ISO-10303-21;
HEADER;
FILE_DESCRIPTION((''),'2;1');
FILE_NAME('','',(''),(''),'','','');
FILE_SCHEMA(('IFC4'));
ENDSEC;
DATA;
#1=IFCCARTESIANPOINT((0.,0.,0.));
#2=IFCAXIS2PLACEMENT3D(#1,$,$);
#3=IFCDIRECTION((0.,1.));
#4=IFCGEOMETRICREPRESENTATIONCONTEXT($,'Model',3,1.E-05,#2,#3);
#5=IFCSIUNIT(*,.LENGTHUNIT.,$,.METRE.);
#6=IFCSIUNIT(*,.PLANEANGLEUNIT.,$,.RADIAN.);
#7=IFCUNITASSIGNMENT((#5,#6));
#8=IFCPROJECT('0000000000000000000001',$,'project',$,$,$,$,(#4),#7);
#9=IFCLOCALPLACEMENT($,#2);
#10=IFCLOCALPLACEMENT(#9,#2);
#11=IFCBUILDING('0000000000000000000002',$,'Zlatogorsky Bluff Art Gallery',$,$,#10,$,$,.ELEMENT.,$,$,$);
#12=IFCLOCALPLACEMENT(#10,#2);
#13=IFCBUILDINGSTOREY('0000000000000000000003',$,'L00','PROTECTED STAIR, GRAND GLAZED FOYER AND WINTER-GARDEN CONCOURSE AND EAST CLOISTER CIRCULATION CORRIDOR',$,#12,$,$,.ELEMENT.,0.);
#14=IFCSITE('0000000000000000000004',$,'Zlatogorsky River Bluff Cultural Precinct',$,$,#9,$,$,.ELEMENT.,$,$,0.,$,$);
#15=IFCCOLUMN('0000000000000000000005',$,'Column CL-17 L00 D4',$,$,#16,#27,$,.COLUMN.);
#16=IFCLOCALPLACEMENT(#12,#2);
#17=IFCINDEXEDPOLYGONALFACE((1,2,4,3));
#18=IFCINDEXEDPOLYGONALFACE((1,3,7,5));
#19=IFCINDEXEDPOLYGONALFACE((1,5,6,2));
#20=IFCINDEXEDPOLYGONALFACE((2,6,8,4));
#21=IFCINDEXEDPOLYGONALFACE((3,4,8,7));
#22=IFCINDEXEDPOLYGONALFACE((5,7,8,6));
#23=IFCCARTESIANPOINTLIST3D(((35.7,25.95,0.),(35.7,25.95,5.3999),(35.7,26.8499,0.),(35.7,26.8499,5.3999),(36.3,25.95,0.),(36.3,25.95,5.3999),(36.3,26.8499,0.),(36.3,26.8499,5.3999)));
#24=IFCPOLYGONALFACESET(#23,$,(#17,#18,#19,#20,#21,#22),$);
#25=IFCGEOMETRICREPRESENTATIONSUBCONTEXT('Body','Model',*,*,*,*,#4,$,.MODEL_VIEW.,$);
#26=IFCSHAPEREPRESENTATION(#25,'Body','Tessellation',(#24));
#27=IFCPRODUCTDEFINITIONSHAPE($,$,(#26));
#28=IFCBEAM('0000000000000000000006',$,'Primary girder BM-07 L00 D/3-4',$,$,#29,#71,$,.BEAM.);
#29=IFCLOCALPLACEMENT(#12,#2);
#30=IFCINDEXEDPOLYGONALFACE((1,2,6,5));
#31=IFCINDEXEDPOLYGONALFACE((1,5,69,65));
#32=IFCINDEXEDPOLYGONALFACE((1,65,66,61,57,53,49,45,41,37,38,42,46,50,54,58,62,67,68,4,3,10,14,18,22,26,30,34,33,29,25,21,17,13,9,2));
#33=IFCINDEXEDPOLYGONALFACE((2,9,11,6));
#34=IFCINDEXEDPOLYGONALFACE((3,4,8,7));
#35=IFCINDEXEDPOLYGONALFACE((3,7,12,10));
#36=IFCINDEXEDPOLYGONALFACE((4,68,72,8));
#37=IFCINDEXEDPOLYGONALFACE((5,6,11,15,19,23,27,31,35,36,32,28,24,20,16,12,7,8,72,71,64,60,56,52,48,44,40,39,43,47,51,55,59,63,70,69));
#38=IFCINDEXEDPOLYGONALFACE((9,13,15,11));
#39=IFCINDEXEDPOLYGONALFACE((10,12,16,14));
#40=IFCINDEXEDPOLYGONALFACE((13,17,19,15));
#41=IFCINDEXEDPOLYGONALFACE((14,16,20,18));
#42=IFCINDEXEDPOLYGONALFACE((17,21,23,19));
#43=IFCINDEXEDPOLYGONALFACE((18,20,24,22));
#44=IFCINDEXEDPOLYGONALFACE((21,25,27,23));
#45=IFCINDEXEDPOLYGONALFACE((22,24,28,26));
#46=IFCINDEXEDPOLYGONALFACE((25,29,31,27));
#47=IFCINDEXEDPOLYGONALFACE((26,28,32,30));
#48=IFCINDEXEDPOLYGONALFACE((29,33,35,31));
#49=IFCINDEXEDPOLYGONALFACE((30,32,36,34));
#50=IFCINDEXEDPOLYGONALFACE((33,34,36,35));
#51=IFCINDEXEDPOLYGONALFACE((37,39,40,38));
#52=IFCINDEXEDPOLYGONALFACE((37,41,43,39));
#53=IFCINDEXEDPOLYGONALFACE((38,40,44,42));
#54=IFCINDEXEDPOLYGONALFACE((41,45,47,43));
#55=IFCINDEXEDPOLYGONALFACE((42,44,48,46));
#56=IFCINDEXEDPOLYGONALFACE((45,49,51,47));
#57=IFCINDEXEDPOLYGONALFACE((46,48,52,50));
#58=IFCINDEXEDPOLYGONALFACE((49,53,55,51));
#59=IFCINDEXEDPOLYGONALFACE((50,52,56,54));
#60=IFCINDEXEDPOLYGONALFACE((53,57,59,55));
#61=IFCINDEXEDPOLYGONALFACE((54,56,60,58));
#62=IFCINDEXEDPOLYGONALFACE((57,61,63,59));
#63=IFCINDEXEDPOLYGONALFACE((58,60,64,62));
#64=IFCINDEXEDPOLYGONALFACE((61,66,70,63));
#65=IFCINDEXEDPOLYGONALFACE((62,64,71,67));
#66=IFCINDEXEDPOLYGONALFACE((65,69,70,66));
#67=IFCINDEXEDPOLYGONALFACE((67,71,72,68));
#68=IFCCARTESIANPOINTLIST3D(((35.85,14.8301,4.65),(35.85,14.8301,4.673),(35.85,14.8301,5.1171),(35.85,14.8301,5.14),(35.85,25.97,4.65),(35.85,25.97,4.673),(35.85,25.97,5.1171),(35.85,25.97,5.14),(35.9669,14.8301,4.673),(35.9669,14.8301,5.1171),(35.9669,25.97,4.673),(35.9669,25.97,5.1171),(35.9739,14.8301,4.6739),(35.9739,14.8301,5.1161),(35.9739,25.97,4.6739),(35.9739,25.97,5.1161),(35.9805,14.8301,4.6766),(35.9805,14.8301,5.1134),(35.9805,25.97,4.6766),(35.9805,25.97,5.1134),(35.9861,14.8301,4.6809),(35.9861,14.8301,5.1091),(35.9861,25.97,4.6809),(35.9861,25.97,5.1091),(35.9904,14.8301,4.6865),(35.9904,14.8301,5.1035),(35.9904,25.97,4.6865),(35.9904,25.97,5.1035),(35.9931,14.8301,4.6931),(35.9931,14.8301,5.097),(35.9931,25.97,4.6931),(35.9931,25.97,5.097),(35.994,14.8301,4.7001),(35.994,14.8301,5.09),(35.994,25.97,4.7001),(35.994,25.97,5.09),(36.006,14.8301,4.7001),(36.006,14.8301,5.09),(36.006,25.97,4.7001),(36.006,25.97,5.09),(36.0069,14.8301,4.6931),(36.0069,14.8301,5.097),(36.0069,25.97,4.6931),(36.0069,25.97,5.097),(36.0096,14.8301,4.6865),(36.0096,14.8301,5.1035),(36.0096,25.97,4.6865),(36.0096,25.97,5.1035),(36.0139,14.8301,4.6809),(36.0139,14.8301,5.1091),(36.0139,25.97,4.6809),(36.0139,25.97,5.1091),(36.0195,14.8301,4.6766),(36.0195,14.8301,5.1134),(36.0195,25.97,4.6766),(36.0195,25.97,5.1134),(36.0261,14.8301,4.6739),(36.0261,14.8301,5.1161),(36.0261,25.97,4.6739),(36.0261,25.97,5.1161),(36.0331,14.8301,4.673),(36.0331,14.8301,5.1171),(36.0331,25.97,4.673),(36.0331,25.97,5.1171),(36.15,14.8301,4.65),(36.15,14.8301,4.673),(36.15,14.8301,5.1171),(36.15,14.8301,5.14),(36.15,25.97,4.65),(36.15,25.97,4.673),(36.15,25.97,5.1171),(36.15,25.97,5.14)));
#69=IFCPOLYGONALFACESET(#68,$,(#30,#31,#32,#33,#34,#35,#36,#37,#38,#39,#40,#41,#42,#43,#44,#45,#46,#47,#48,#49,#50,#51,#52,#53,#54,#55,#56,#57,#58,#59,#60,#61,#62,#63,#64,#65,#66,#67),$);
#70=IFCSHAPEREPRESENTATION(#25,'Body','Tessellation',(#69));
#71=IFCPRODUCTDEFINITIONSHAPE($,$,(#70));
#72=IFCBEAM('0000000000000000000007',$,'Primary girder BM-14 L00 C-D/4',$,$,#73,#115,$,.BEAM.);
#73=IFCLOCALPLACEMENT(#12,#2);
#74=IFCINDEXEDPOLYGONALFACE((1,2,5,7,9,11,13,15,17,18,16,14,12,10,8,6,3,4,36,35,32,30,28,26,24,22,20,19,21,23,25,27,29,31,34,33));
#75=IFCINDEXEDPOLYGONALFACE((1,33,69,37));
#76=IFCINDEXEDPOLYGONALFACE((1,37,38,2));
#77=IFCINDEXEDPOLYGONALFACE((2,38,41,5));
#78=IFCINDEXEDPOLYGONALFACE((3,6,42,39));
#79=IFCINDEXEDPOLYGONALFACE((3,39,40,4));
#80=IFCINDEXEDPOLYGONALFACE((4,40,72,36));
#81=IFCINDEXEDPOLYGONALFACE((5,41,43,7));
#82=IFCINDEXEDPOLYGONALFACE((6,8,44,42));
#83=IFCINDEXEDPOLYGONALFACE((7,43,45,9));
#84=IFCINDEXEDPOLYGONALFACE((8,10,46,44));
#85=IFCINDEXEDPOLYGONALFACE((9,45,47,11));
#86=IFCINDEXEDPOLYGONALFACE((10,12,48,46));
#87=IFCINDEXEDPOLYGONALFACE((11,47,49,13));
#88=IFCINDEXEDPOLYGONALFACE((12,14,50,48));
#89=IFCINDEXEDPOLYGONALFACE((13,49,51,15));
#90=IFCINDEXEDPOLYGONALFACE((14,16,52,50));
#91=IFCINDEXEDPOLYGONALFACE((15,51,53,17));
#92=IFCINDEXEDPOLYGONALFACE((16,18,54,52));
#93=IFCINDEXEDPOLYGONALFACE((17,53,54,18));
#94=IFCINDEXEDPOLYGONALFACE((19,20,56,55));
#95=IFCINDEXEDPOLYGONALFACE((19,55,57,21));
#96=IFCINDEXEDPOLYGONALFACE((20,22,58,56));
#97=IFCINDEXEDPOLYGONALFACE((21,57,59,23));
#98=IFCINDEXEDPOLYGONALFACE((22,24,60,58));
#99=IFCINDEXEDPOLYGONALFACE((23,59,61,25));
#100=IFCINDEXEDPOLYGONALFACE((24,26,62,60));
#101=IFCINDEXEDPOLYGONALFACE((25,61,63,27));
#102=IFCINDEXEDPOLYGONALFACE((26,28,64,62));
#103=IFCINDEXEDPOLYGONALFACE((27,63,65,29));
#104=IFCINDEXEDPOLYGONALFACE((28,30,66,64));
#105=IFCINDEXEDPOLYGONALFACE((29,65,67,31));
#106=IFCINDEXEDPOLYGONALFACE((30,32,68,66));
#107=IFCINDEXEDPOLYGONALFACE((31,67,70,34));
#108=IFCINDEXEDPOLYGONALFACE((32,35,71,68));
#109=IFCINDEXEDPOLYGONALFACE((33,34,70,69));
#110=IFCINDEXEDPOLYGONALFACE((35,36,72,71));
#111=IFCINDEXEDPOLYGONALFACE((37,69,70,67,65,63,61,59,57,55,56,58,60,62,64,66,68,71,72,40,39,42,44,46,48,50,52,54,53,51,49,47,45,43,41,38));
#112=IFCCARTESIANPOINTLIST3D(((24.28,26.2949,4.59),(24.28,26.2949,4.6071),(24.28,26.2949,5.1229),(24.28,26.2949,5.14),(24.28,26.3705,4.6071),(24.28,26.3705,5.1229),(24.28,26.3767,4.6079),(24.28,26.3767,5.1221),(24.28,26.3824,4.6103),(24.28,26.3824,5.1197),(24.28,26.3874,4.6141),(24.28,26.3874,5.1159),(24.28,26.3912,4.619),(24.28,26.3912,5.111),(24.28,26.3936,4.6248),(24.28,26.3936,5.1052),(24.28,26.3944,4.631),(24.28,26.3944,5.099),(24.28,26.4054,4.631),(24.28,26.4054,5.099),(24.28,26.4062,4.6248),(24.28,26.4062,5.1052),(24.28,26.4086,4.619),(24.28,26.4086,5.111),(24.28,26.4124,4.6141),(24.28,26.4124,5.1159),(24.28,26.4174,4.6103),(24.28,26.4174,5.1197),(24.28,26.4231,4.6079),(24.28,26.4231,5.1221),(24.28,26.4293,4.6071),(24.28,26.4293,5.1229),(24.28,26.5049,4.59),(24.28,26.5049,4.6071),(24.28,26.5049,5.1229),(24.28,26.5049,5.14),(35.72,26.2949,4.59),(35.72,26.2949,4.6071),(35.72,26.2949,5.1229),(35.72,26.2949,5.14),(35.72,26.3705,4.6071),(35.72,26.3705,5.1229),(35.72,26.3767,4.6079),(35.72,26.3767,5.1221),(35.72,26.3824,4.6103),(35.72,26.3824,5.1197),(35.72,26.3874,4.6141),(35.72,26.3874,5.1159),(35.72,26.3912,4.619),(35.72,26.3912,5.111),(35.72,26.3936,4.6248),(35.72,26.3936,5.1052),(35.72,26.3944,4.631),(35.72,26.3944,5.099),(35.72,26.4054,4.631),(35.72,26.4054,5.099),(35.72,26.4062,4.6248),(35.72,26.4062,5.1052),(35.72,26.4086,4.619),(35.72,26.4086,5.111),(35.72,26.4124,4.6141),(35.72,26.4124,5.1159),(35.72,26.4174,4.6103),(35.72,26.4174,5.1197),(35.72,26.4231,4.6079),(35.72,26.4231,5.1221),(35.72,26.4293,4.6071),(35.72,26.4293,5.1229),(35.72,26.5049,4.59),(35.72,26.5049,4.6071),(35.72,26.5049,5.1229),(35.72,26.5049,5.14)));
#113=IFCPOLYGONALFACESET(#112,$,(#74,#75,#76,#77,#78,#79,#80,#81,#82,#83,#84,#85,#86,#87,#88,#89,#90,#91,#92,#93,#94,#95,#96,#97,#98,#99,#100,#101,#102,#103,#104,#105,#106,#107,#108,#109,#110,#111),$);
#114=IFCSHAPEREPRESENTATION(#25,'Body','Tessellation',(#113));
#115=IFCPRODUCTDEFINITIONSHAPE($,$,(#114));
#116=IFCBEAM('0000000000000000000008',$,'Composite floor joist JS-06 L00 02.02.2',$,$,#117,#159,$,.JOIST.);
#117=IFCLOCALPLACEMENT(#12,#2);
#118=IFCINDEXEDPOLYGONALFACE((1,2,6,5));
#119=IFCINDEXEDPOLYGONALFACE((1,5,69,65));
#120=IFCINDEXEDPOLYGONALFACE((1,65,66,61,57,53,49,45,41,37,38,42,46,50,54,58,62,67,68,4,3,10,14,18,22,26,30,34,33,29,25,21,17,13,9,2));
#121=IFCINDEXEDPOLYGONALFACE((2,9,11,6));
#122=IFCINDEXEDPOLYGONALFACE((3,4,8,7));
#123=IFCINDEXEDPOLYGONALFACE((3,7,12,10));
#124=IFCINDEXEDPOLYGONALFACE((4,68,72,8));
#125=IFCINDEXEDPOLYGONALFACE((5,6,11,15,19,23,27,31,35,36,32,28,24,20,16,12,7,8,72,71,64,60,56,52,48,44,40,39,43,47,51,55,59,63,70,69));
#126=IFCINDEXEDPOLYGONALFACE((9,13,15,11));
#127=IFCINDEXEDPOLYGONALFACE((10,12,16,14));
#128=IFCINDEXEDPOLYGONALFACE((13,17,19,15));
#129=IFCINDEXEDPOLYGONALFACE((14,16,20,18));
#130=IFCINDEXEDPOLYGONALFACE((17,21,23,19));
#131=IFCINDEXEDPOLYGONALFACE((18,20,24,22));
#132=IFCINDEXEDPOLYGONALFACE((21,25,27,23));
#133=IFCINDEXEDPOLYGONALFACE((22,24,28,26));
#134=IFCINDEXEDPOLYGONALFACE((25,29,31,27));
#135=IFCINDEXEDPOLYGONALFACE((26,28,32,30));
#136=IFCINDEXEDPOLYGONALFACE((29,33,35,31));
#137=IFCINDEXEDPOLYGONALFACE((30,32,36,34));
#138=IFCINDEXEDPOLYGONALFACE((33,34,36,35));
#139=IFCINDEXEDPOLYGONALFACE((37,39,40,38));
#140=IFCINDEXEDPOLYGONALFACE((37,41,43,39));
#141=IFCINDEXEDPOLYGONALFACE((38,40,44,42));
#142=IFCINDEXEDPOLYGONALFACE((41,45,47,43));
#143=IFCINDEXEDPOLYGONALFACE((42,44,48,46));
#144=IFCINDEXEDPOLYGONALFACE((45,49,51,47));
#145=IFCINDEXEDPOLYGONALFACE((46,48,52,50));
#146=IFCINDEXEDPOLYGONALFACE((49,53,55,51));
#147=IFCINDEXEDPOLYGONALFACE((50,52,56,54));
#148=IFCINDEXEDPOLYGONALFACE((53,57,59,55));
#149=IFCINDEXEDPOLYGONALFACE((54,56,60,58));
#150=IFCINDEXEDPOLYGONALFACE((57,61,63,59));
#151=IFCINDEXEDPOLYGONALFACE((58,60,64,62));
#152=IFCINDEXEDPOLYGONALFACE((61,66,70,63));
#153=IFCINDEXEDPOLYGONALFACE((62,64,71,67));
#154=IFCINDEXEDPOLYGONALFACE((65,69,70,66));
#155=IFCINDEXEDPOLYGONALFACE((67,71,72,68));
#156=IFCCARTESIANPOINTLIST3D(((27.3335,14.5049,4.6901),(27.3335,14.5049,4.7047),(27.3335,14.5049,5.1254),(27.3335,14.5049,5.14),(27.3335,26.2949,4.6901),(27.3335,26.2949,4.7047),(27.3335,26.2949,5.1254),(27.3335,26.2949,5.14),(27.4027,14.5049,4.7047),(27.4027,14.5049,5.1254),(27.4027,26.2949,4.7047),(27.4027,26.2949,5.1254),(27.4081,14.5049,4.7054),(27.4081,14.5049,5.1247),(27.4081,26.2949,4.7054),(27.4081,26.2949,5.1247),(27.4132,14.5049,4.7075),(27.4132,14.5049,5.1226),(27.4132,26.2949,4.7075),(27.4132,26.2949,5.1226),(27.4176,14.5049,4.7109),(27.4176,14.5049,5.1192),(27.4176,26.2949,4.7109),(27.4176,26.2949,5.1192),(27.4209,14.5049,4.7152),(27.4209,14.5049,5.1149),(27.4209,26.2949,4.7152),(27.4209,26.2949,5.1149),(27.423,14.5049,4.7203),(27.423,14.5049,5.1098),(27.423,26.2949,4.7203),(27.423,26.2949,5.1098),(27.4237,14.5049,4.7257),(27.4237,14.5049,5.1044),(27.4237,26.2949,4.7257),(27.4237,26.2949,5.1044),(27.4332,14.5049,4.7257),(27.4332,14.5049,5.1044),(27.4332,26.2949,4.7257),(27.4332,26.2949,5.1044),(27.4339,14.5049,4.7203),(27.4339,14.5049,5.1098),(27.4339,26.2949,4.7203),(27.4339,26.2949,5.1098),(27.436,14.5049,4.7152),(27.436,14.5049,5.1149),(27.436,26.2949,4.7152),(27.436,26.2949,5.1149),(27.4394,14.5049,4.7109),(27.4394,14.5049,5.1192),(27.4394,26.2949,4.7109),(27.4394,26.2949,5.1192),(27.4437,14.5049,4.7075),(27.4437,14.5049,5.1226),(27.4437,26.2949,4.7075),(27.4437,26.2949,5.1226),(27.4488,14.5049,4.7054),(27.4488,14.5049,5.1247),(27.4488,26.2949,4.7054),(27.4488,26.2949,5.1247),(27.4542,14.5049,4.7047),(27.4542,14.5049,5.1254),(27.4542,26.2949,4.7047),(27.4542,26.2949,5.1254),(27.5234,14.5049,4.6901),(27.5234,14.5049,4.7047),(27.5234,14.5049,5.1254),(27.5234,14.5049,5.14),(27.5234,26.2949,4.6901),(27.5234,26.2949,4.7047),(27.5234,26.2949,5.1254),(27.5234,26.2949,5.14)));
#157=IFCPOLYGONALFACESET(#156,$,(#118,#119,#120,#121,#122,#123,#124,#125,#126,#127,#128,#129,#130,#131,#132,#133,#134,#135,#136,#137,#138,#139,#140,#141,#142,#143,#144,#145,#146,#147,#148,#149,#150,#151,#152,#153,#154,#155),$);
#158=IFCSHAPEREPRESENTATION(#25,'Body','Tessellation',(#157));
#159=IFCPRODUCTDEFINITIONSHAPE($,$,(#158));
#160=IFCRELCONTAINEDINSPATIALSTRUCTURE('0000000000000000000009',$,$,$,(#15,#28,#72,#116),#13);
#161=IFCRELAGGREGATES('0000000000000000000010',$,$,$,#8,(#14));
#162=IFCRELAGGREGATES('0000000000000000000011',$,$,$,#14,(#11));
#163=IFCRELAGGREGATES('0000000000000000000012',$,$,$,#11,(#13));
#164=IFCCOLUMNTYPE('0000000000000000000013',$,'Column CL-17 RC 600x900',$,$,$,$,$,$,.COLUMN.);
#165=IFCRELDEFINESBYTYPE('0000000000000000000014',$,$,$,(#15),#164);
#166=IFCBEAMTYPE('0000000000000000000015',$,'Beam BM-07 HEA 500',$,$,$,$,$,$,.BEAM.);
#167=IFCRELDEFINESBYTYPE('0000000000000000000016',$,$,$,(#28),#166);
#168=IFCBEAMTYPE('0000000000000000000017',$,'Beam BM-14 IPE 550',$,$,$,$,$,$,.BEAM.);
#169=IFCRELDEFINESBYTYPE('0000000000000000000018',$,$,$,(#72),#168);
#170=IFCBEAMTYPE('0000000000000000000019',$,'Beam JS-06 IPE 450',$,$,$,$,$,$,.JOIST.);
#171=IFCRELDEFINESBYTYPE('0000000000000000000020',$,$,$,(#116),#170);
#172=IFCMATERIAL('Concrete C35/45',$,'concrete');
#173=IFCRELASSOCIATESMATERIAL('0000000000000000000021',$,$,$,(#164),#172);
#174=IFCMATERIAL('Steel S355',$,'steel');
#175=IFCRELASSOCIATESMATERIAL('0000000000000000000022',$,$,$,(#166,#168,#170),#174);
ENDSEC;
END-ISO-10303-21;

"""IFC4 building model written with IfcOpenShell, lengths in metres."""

from ifc_helpers import new_model, si_unit, direction, frame, origin, origin_2d, place, context, subcontext, project, spatial, rectangle, i_section, extrude, material, material_profile, profile_set, type_object, element, save


model = new_model("IFC4")

# Units and contexts
model_context = context("Model", 3, precision=1e-05, world=origin(), true_north=direction((0.0, 1.0)))
body_context = subcontext(model_context, "Body", "Model", "MODEL_VIEW")
ifc_project = project(units=[si_unit("LENGTHUNIT", "METRE"), si_unit("PLANEANGLEUNIT", "RADIAN")], contexts=[model_context])

# Site, building, storey
site_placement = place(None, origin())
site = spatial("IfcSite", under=ifc_project, at=site_placement, Name="Zlatogorsky River Bluff Cultural Precinct", CompositionType="ELEMENT", RefElevation=0.0)
building_placement = place(site_placement, origin())
building = spatial("IfcBuilding", under=site, at=building_placement, Name="Zlatogorsky Bluff Art Gallery", CompositionType="ELEMENT")
storey_placement = place(building_placement, origin())
storey = spatial("IfcBuildingStorey", under=building, at=storey_placement, Name="L00", Description="PROTECTED STAIR, GRAND GLAZED FOYER AND WINTER-GARDEN CONCOURSE AND EAST CLOISTER CIRCULATION CORRIDOR", CompositionType="ELEMENT", Elevation=0.0)

# Column
ifc_material_1 = material(Name="Concrete C35/45", Category="concrete")
ifc_material_profile_1 = material_profile(ifc_material_1, rectangle(XDim=0.6001, YDim=0.8999, at=origin_2d()), Name="RC 600x900")
ifc_profile_set_1 = profile_set([ifc_material_profile_1], Name="Concrete C35/45")
column_type = type_object("IfcColumnType", Name="Column CL-17 RC 600x900", PredefinedType="COLUMN", material=ifc_profile_set_1)
column_placement = place(storey_placement, frame((36.0, 26.3999, 0.0), z_axis=(0.0, 0.0, 1.0), x_axis=(1.0, 0.0, 0.0)))
element("IfcColumn", 1, at=column_placement, inside=storey, type_object=column_type, Name="Column CL-17 L00 D4", PredefinedType="COLUMN", context=body_context, shape_type="SweptSolid", body=[
    extrude(rectangle(XDim=0.6001, YDim=0.8999, at=origin_2d()), origin(), (0.0, 0.0, 1.0), 5.3999),
])

# Beams
ifc_material_2 = material(Name="Steel S355", Category="steel")
ifc_material_profile_2 = material_profile(ifc_material_2, i_section(OverallWidth=0.3, OverallDepth=0.49, WebThickness=0.012, FlangeThickness=0.0229, FilletRadius=0.0271, at=origin_2d()), Name="HEA 500")
ifc_profile_set_2 = profile_set([ifc_material_profile_2], Name="Steel S355")
beam_type_1 = type_object("IfcBeamType", Name="Beam BM-07 HEA 500", PredefinedType="BEAM", material=ifc_profile_set_2)
beam_1_placement = place(storey_placement, frame((36.0, 14.8301, 4.895), z_axis=(0.0, 1.0, 0.0), x_axis=(-1.0, 0.0, 0.0)))
element("IfcBeam", 2, at=beam_1_placement, inside=storey, type_object=beam_type_1, Name="Primary girder BM-07 L00 D/3-4", PredefinedType="BEAM", context=body_context, shape_type="SweptSolid", body=[
    extrude(i_section(OverallWidth=0.3, OverallDepth=0.49, WebThickness=0.012, FlangeThickness=0.0229, FilletRadius=0.0271, at=origin_2d()), origin(), (0.0, 0.0, 1.0), 11.1399),
])
ifc_material_profile_3 = material_profile(ifc_material_2, i_section(OverallWidth=0.21, OverallDepth=0.55, WebThickness=0.011, FlangeThickness=0.0171, FilletRadius=0.0239, at=origin_2d()), Name="IPE 550")
ifc_profile_set_3 = profile_set([ifc_material_profile_3], Name="Steel S355")
beam_type_2 = type_object("IfcBeamType", Name="Beam BM-14 IPE 550", PredefinedType="BEAM", material=ifc_profile_set_3)
beam_2_placement = place(storey_placement, frame((24.28, 26.3999, 4.865), z_axis=(1.0, 0.0, 0.0), x_axis=(0.0, 1.0, 0.0)))
element("IfcBeam", 3, at=beam_2_placement, inside=storey, type_object=beam_type_2, Name="Primary girder BM-14 L00 C-D/4", PredefinedType="BEAM", context=body_context, shape_type="SweptSolid", body=[
    extrude(i_section(OverallWidth=0.21, OverallDepth=0.55, WebThickness=0.011, FlangeThickness=0.0171, FilletRadius=0.0239, at=origin_2d()), origin(), (0.0, 0.0, 1.0), 11.4399),
])
ifc_material_profile_4 = material_profile(ifc_material_2, i_section(OverallWidth=0.1899, OverallDepth=0.45, WebThickness=0.0095, FlangeThickness=0.0146, FilletRadius=0.021, at=origin_2d()), Name="IPE 450")
ifc_profile_set_4 = profile_set([ifc_material_profile_4], Name="Steel S355")
beam_type_3 = type_object("IfcBeamType", Name="Beam JS-06 IPE 450", PredefinedType="JOIST", material=ifc_profile_set_4)
for number, where, z_axis, x_axis, name in (
    (4, (27.4285, 14.5049, 4.915), (0.0, 1.0, 0.0), (-1.0, 0.0, 0.0), "Composite floor joist JS-06 L00 02.02.2"),
):
    element("IfcBeam", number, at=place(storey_placement, frame(where, z_axis=z_axis, x_axis=x_axis)), inside=storey, type_object=beam_type_3, Name=name, PredefinedType="JOIST", context=body_context, shape_type="SweptSolid", body=[
        extrude(i_section(OverallWidth=0.1899, OverallDepth=0.45, WebThickness=0.0095, FlangeThickness=0.0146, FilletRadius=0.021, at=origin_2d()), origin(), (0.0, 0.0, 1.0), 11.79),
    ])

save(model, "model.ifc")
